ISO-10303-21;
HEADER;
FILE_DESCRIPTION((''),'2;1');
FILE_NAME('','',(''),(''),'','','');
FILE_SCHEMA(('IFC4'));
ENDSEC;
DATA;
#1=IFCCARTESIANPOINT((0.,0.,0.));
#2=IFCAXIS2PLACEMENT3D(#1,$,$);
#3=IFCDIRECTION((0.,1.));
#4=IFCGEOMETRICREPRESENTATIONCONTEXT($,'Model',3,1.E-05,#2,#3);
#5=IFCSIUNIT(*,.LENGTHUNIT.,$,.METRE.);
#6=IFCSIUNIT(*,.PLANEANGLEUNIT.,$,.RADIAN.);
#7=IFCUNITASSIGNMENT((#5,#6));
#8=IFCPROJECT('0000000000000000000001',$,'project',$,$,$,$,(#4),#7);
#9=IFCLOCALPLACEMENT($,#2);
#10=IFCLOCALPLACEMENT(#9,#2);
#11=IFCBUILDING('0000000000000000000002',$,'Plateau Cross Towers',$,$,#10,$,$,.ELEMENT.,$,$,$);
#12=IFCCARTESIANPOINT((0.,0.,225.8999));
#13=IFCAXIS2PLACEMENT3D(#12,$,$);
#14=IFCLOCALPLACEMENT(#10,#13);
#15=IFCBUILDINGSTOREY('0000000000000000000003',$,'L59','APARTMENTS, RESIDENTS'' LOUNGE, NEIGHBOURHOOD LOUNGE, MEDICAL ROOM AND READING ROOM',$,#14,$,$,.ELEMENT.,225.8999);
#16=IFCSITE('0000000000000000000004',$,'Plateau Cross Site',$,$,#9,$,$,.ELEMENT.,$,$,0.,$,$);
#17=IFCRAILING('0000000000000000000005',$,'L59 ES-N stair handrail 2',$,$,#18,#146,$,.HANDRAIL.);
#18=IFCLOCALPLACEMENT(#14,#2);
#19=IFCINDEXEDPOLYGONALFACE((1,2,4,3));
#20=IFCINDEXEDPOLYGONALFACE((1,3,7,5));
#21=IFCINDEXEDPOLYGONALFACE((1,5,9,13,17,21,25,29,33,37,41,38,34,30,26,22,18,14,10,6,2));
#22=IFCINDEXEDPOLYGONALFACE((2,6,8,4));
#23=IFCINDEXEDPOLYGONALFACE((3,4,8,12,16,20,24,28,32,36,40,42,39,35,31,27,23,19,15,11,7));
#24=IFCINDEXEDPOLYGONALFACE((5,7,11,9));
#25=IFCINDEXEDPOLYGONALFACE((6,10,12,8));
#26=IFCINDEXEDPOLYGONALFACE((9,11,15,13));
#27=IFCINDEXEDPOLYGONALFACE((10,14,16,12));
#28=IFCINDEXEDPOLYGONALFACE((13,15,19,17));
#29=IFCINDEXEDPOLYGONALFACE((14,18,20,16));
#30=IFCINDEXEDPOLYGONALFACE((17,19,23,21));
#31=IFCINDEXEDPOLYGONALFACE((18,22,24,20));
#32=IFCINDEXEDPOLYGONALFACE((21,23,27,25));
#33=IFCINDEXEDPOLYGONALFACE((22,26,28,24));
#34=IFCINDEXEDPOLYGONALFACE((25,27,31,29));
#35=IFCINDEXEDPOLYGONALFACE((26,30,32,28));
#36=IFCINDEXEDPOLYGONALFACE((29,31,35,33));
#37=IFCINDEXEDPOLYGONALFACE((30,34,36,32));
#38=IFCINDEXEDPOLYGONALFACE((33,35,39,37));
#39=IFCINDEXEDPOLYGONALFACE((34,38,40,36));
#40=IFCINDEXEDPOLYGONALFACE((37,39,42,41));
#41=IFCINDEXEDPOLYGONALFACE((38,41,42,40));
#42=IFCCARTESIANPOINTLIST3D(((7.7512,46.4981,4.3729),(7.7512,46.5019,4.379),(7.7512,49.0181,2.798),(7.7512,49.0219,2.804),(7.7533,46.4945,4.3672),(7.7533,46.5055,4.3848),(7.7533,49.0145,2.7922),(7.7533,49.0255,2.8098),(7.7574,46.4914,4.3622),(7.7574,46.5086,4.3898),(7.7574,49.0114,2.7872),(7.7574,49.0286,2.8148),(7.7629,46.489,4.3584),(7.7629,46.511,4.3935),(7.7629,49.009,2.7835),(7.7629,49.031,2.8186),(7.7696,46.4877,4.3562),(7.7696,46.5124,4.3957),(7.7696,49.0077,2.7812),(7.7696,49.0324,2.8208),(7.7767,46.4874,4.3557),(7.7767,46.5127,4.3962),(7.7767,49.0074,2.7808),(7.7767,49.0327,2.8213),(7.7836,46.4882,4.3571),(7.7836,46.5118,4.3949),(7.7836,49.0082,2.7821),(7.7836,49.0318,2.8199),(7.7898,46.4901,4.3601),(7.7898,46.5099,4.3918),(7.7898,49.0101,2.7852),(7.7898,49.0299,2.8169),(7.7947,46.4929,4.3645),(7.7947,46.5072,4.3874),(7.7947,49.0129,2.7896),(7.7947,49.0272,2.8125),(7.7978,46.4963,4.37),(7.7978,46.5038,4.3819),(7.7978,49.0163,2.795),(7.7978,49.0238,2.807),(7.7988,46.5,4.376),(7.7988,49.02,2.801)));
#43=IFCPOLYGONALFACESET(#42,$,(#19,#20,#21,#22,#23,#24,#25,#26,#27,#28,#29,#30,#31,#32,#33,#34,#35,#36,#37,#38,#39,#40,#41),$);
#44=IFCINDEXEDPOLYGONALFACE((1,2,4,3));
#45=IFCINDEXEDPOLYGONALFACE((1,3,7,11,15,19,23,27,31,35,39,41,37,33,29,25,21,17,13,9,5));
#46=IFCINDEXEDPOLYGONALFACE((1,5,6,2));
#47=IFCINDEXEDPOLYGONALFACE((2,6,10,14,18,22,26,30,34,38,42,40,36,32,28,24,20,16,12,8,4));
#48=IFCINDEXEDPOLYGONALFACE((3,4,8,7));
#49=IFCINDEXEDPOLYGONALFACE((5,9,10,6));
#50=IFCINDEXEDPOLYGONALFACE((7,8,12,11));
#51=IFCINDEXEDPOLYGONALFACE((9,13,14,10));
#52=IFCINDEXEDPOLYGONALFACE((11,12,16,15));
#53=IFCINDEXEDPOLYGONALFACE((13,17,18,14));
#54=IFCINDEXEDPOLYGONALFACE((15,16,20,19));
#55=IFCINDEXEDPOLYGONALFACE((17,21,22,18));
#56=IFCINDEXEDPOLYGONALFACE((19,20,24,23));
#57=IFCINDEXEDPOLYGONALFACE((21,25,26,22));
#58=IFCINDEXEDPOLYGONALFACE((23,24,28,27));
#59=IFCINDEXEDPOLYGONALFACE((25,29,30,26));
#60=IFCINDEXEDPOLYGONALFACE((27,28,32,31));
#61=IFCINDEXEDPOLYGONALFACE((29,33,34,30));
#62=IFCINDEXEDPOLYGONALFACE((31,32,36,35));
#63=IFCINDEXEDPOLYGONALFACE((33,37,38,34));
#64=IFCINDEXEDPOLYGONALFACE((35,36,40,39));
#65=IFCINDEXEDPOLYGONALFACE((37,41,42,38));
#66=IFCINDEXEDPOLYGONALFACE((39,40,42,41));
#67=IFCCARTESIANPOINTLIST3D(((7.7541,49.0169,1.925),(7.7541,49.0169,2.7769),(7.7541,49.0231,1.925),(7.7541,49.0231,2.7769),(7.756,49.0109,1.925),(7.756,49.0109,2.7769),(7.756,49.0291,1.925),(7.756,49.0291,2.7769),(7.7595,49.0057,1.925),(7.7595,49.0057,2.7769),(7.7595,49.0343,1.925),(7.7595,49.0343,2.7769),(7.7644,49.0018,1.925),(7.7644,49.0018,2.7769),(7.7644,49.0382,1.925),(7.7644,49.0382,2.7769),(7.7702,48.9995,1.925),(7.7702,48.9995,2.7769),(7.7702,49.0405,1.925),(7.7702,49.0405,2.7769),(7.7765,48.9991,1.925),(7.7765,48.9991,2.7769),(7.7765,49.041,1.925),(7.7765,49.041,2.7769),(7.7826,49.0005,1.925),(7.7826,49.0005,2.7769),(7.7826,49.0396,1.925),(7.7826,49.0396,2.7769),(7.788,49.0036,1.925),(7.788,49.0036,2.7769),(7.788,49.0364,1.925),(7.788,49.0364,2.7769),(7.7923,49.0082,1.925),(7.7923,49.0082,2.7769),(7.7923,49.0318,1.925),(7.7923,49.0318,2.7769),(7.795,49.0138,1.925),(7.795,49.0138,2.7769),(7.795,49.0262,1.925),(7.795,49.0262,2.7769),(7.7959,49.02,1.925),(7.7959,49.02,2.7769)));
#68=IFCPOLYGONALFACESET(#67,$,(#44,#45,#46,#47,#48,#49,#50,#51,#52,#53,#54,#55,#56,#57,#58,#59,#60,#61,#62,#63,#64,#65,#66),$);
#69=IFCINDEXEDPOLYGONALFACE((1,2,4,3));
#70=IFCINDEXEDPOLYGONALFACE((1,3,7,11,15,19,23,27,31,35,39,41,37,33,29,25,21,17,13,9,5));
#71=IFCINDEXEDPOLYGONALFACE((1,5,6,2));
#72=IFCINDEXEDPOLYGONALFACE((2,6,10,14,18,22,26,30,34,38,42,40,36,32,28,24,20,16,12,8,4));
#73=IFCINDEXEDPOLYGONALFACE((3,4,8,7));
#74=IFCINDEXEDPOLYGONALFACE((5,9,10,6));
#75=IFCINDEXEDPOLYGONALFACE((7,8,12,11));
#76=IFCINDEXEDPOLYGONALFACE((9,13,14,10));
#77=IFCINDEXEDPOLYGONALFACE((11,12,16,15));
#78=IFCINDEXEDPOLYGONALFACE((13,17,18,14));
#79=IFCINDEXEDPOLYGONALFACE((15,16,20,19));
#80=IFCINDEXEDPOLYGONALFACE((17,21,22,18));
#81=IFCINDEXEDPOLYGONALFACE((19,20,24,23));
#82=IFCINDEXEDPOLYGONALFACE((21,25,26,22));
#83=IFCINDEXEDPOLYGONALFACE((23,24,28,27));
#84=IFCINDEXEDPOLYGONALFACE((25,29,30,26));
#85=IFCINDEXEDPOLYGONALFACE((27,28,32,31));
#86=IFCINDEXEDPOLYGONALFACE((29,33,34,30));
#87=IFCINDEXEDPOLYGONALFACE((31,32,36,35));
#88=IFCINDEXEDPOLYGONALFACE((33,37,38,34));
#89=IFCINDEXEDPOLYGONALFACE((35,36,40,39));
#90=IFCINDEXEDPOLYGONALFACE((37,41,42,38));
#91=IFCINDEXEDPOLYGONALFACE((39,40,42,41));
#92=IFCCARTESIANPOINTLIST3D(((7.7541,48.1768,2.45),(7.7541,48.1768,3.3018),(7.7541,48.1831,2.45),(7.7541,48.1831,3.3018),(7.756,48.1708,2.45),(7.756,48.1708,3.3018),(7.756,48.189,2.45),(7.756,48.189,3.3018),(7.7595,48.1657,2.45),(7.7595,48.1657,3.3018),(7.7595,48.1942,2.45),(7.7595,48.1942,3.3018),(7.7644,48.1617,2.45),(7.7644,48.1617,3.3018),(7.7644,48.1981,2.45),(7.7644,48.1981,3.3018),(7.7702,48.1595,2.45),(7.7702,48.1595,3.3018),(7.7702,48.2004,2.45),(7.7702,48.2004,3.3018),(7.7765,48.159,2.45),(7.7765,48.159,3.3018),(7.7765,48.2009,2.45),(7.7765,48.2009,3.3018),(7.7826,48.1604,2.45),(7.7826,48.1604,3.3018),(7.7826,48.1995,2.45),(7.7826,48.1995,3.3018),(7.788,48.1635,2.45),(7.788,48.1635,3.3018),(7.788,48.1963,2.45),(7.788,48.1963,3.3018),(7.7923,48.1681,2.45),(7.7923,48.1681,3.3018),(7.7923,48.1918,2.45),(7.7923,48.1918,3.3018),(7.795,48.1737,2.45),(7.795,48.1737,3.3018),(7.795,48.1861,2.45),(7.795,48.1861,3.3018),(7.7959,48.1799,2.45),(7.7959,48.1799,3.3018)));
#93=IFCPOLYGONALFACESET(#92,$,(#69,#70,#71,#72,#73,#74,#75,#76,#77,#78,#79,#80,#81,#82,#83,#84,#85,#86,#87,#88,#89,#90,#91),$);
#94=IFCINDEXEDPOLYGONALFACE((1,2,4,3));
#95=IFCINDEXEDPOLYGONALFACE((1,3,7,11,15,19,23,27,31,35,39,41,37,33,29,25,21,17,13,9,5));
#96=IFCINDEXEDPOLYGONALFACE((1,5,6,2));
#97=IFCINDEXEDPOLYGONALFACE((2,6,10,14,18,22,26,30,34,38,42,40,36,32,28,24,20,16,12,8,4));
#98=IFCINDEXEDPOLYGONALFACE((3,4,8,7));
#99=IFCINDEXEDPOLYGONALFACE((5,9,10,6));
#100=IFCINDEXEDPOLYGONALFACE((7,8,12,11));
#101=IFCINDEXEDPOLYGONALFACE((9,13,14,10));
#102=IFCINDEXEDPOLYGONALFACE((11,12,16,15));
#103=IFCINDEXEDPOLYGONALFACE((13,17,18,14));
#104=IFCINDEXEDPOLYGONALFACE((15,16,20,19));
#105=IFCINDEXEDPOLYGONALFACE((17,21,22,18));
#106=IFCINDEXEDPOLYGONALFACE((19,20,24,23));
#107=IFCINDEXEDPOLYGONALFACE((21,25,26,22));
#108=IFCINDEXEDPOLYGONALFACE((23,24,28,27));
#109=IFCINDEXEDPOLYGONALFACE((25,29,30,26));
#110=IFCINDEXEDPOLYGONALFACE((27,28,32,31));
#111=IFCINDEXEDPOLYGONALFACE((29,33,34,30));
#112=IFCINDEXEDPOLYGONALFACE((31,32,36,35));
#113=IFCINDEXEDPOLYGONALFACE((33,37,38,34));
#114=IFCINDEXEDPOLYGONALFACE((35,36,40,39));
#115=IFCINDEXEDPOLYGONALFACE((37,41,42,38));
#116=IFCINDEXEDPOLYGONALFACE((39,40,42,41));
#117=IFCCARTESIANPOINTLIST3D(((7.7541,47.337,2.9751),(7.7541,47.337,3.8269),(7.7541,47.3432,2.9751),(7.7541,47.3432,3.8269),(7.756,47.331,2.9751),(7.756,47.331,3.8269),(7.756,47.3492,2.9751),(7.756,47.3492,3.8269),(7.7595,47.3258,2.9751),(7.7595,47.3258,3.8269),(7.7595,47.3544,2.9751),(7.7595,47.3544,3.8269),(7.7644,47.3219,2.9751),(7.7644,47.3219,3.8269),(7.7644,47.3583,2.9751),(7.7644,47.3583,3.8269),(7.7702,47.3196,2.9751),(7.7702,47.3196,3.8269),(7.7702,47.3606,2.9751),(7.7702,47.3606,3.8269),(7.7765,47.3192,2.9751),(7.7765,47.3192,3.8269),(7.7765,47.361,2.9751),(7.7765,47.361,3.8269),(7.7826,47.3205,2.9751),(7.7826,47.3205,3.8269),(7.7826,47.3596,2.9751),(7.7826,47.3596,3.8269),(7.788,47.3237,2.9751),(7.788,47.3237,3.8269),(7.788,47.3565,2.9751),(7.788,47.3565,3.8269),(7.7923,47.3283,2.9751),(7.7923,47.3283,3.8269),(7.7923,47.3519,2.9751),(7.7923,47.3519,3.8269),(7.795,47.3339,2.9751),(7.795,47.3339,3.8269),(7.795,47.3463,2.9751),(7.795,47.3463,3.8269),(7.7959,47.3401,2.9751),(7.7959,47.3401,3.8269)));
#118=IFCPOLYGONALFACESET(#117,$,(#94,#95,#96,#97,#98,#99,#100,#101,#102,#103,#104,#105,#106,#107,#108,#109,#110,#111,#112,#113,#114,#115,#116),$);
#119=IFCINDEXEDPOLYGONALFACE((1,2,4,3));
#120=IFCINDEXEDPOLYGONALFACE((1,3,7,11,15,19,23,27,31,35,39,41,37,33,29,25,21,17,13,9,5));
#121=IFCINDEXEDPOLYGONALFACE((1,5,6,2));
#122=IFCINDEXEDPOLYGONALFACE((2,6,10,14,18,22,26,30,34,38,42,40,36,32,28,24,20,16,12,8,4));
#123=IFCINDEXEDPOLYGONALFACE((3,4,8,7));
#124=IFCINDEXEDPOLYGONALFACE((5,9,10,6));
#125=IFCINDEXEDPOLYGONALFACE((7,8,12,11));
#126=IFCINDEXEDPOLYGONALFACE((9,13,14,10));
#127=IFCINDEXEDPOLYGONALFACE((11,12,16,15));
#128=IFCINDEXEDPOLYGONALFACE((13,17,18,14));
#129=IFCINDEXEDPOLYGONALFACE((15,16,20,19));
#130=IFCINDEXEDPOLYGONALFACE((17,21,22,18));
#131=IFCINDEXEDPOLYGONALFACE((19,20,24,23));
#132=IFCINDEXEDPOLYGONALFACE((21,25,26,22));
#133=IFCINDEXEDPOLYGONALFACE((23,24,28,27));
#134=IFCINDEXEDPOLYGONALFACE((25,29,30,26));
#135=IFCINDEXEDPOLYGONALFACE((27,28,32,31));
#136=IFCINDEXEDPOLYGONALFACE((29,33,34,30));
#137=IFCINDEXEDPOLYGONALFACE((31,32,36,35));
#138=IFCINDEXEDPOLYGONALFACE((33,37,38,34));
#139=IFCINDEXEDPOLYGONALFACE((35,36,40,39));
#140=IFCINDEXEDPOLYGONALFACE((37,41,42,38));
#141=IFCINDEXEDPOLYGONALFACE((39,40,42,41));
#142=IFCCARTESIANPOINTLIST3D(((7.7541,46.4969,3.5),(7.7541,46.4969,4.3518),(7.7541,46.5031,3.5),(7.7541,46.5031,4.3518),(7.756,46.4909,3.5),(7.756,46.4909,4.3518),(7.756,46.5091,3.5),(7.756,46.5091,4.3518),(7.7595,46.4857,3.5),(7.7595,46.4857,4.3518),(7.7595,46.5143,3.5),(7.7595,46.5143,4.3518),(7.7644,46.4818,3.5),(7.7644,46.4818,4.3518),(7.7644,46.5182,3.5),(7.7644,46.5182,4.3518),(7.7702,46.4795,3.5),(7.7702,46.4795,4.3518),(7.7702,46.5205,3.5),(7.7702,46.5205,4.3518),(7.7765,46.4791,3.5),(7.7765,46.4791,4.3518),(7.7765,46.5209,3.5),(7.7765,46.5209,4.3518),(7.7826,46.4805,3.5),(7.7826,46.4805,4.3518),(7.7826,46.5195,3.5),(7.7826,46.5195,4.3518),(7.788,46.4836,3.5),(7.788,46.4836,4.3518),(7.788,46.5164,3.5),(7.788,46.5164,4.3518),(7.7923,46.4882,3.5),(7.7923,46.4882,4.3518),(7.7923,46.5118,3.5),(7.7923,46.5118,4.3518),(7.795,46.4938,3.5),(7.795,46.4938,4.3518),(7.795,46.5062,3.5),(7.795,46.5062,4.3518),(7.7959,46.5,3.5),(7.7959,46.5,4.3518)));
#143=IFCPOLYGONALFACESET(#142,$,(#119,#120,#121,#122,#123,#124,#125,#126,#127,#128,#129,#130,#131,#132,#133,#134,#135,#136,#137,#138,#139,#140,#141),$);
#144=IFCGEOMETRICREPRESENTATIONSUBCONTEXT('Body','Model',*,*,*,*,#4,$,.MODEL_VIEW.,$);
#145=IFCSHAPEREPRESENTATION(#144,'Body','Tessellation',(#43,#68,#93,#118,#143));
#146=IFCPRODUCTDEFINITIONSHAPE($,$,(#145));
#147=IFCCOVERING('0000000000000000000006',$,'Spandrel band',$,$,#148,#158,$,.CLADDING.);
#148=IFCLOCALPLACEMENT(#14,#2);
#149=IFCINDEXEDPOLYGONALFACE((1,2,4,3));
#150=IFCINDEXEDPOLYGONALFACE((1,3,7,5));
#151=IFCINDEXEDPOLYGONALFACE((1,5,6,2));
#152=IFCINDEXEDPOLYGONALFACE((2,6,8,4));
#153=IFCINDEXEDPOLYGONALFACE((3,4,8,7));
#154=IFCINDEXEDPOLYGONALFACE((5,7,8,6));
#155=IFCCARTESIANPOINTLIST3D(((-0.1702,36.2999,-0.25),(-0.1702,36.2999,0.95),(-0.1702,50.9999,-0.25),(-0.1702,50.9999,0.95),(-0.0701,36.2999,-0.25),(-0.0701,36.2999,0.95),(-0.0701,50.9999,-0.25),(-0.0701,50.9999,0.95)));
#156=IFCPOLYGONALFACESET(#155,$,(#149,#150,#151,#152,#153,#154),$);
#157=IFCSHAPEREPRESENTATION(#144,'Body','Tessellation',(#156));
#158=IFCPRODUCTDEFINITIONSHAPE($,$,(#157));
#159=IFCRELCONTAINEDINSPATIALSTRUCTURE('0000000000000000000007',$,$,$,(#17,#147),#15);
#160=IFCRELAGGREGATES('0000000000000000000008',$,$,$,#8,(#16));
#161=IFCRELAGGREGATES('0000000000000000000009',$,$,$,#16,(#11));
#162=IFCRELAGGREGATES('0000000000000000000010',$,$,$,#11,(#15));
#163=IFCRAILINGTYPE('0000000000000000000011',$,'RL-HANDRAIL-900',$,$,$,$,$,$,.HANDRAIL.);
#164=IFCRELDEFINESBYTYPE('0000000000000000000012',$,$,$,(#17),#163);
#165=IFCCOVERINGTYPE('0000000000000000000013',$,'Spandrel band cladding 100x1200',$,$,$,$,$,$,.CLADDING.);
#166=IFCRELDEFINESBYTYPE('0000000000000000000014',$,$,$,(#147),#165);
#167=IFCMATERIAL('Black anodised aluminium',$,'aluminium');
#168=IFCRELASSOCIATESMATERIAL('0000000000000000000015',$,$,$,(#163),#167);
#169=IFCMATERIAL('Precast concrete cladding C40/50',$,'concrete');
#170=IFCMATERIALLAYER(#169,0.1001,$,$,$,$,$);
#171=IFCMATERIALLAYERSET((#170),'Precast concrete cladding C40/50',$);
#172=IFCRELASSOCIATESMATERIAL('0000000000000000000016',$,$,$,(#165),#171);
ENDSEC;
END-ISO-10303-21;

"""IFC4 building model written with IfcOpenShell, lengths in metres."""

from ifc_helpers import new_model, si_unit, direction, frame, origin, origin_2d, place, context, subcontext, project, spatial, rectangle, circle, extrude, material, layer, layer_set, type_object, element, save


model = new_model("IFC4")

# Units and contexts
model_context = context("Model", 3, precision=1e-05, world=origin(), true_north=direction((0.0, 1.0)))
body_context = subcontext(model_context, "Body", "Model", "MODEL_VIEW")
ifc_project = project(units=[si_unit("LENGTHUNIT", "METRE"), si_unit("PLANEANGLEUNIT", "RADIAN")], contexts=[model_context])

# Site, building, storey
site_placement = place(None, origin())
site = spatial("IfcSite", under=ifc_project, at=site_placement, Name="Plateau Cross Site", CompositionType="ELEMENT", RefElevation=0.0)
building_placement = place(site_placement, origin())
building = spatial("IfcBuilding", under=site, at=building_placement, Name="Plateau Cross Towers", CompositionType="ELEMENT")
storey_placement = place(building_placement, frame((0.0, 0.0, 225.8999)))
storey = spatial("IfcBuildingStorey", under=building, at=storey_placement, Name="L59", Description="APARTMENTS, RESIDENTS' LOUNGE, NEIGHBOURHOOD LOUNGE, MEDICAL ROOM AND READING ROOM", CompositionType="ELEMENT", Elevation=225.8999)

# Shared definitions
ifc_material_1 = material(Name="Black anodised aluminium", Category="aluminium")

# Railing
railing_type_1 = type_object("IfcRailingType", Name="RL-HANDRAIL-900", PredefinedType="HANDRAIL", material=ifc_material_1)
railing_1_placement = place(storey_placement, frame((7.7749, 49.02, 1.925)))
element("IfcRailing", 1, at=railing_1_placement, inside=storey, type_object=railing_type_1, Name="L59 ES-N stair handrail 2", PredefinedType="HANDRAIL", context=body_context, shape_type="SweptSolid", body=[
    extrude(circle(Radius=0.0239, at=origin_2d()), frame((0.0, 0.0, 0.876), z_axis=(0.0, -0.848008, 0.529984), x_axis=(1.0, 0.0, 0.0)), (0.0, 0.0, 1.0), 2.9717),
    extrude(circle(Radius=0.021, at=origin_2d()), origin(), (0.0, 0.0, 1.0), 0.8518),
    extrude(circle(Radius=0.021, at=origin_2d()), frame((0.0, -0.8401, 0.5249)), (0.0, 0.0, 1.0), 0.8518),
    extrude(circle(Radius=0.021, at=origin_2d()), frame((0.0, -1.6799, 1.05)), (0.0, 0.0, 1.0), 0.8518),
    extrude(circle(Radius=0.021, at=origin_2d()), frame((0.0, -2.52, 1.575)), (0.0, 0.0, 1.0), 0.8518),
])

# Covering
ifc_material_2 = material(Name="Precast concrete cladding C40/50", Category="concrete")
ifc_layer_1 = layer(ifc_material_2, 0.1001)
ifc_layer_set_1 = layer_set([ifc_layer_1], Name="Precast concrete cladding C40/50")
covering_type = type_object("IfcCoveringType", Name="Spandrel band cladding 100x1200", PredefinedType="CLADDING", material=ifc_layer_set_1)
covering_placement = place(storey_placement, frame((-0.1201, 43.6499, -0.25), z_axis=(0.0, 0.0, 1.0), x_axis=(0.0, -1.0, 0.0)))
element("IfcCovering", 2, at=covering_placement, inside=storey, type_object=covering_type, Name="Spandrel band", PredefinedType="CLADDING", context=body_context, shape_type="SweptSolid", body=[
    extrude(rectangle(XDim=14.7, YDim=0.1001, at=origin_2d()), origin(), (0.0, 0.0, 1.0), 1.2),
])

save(model, "model.ifc")
